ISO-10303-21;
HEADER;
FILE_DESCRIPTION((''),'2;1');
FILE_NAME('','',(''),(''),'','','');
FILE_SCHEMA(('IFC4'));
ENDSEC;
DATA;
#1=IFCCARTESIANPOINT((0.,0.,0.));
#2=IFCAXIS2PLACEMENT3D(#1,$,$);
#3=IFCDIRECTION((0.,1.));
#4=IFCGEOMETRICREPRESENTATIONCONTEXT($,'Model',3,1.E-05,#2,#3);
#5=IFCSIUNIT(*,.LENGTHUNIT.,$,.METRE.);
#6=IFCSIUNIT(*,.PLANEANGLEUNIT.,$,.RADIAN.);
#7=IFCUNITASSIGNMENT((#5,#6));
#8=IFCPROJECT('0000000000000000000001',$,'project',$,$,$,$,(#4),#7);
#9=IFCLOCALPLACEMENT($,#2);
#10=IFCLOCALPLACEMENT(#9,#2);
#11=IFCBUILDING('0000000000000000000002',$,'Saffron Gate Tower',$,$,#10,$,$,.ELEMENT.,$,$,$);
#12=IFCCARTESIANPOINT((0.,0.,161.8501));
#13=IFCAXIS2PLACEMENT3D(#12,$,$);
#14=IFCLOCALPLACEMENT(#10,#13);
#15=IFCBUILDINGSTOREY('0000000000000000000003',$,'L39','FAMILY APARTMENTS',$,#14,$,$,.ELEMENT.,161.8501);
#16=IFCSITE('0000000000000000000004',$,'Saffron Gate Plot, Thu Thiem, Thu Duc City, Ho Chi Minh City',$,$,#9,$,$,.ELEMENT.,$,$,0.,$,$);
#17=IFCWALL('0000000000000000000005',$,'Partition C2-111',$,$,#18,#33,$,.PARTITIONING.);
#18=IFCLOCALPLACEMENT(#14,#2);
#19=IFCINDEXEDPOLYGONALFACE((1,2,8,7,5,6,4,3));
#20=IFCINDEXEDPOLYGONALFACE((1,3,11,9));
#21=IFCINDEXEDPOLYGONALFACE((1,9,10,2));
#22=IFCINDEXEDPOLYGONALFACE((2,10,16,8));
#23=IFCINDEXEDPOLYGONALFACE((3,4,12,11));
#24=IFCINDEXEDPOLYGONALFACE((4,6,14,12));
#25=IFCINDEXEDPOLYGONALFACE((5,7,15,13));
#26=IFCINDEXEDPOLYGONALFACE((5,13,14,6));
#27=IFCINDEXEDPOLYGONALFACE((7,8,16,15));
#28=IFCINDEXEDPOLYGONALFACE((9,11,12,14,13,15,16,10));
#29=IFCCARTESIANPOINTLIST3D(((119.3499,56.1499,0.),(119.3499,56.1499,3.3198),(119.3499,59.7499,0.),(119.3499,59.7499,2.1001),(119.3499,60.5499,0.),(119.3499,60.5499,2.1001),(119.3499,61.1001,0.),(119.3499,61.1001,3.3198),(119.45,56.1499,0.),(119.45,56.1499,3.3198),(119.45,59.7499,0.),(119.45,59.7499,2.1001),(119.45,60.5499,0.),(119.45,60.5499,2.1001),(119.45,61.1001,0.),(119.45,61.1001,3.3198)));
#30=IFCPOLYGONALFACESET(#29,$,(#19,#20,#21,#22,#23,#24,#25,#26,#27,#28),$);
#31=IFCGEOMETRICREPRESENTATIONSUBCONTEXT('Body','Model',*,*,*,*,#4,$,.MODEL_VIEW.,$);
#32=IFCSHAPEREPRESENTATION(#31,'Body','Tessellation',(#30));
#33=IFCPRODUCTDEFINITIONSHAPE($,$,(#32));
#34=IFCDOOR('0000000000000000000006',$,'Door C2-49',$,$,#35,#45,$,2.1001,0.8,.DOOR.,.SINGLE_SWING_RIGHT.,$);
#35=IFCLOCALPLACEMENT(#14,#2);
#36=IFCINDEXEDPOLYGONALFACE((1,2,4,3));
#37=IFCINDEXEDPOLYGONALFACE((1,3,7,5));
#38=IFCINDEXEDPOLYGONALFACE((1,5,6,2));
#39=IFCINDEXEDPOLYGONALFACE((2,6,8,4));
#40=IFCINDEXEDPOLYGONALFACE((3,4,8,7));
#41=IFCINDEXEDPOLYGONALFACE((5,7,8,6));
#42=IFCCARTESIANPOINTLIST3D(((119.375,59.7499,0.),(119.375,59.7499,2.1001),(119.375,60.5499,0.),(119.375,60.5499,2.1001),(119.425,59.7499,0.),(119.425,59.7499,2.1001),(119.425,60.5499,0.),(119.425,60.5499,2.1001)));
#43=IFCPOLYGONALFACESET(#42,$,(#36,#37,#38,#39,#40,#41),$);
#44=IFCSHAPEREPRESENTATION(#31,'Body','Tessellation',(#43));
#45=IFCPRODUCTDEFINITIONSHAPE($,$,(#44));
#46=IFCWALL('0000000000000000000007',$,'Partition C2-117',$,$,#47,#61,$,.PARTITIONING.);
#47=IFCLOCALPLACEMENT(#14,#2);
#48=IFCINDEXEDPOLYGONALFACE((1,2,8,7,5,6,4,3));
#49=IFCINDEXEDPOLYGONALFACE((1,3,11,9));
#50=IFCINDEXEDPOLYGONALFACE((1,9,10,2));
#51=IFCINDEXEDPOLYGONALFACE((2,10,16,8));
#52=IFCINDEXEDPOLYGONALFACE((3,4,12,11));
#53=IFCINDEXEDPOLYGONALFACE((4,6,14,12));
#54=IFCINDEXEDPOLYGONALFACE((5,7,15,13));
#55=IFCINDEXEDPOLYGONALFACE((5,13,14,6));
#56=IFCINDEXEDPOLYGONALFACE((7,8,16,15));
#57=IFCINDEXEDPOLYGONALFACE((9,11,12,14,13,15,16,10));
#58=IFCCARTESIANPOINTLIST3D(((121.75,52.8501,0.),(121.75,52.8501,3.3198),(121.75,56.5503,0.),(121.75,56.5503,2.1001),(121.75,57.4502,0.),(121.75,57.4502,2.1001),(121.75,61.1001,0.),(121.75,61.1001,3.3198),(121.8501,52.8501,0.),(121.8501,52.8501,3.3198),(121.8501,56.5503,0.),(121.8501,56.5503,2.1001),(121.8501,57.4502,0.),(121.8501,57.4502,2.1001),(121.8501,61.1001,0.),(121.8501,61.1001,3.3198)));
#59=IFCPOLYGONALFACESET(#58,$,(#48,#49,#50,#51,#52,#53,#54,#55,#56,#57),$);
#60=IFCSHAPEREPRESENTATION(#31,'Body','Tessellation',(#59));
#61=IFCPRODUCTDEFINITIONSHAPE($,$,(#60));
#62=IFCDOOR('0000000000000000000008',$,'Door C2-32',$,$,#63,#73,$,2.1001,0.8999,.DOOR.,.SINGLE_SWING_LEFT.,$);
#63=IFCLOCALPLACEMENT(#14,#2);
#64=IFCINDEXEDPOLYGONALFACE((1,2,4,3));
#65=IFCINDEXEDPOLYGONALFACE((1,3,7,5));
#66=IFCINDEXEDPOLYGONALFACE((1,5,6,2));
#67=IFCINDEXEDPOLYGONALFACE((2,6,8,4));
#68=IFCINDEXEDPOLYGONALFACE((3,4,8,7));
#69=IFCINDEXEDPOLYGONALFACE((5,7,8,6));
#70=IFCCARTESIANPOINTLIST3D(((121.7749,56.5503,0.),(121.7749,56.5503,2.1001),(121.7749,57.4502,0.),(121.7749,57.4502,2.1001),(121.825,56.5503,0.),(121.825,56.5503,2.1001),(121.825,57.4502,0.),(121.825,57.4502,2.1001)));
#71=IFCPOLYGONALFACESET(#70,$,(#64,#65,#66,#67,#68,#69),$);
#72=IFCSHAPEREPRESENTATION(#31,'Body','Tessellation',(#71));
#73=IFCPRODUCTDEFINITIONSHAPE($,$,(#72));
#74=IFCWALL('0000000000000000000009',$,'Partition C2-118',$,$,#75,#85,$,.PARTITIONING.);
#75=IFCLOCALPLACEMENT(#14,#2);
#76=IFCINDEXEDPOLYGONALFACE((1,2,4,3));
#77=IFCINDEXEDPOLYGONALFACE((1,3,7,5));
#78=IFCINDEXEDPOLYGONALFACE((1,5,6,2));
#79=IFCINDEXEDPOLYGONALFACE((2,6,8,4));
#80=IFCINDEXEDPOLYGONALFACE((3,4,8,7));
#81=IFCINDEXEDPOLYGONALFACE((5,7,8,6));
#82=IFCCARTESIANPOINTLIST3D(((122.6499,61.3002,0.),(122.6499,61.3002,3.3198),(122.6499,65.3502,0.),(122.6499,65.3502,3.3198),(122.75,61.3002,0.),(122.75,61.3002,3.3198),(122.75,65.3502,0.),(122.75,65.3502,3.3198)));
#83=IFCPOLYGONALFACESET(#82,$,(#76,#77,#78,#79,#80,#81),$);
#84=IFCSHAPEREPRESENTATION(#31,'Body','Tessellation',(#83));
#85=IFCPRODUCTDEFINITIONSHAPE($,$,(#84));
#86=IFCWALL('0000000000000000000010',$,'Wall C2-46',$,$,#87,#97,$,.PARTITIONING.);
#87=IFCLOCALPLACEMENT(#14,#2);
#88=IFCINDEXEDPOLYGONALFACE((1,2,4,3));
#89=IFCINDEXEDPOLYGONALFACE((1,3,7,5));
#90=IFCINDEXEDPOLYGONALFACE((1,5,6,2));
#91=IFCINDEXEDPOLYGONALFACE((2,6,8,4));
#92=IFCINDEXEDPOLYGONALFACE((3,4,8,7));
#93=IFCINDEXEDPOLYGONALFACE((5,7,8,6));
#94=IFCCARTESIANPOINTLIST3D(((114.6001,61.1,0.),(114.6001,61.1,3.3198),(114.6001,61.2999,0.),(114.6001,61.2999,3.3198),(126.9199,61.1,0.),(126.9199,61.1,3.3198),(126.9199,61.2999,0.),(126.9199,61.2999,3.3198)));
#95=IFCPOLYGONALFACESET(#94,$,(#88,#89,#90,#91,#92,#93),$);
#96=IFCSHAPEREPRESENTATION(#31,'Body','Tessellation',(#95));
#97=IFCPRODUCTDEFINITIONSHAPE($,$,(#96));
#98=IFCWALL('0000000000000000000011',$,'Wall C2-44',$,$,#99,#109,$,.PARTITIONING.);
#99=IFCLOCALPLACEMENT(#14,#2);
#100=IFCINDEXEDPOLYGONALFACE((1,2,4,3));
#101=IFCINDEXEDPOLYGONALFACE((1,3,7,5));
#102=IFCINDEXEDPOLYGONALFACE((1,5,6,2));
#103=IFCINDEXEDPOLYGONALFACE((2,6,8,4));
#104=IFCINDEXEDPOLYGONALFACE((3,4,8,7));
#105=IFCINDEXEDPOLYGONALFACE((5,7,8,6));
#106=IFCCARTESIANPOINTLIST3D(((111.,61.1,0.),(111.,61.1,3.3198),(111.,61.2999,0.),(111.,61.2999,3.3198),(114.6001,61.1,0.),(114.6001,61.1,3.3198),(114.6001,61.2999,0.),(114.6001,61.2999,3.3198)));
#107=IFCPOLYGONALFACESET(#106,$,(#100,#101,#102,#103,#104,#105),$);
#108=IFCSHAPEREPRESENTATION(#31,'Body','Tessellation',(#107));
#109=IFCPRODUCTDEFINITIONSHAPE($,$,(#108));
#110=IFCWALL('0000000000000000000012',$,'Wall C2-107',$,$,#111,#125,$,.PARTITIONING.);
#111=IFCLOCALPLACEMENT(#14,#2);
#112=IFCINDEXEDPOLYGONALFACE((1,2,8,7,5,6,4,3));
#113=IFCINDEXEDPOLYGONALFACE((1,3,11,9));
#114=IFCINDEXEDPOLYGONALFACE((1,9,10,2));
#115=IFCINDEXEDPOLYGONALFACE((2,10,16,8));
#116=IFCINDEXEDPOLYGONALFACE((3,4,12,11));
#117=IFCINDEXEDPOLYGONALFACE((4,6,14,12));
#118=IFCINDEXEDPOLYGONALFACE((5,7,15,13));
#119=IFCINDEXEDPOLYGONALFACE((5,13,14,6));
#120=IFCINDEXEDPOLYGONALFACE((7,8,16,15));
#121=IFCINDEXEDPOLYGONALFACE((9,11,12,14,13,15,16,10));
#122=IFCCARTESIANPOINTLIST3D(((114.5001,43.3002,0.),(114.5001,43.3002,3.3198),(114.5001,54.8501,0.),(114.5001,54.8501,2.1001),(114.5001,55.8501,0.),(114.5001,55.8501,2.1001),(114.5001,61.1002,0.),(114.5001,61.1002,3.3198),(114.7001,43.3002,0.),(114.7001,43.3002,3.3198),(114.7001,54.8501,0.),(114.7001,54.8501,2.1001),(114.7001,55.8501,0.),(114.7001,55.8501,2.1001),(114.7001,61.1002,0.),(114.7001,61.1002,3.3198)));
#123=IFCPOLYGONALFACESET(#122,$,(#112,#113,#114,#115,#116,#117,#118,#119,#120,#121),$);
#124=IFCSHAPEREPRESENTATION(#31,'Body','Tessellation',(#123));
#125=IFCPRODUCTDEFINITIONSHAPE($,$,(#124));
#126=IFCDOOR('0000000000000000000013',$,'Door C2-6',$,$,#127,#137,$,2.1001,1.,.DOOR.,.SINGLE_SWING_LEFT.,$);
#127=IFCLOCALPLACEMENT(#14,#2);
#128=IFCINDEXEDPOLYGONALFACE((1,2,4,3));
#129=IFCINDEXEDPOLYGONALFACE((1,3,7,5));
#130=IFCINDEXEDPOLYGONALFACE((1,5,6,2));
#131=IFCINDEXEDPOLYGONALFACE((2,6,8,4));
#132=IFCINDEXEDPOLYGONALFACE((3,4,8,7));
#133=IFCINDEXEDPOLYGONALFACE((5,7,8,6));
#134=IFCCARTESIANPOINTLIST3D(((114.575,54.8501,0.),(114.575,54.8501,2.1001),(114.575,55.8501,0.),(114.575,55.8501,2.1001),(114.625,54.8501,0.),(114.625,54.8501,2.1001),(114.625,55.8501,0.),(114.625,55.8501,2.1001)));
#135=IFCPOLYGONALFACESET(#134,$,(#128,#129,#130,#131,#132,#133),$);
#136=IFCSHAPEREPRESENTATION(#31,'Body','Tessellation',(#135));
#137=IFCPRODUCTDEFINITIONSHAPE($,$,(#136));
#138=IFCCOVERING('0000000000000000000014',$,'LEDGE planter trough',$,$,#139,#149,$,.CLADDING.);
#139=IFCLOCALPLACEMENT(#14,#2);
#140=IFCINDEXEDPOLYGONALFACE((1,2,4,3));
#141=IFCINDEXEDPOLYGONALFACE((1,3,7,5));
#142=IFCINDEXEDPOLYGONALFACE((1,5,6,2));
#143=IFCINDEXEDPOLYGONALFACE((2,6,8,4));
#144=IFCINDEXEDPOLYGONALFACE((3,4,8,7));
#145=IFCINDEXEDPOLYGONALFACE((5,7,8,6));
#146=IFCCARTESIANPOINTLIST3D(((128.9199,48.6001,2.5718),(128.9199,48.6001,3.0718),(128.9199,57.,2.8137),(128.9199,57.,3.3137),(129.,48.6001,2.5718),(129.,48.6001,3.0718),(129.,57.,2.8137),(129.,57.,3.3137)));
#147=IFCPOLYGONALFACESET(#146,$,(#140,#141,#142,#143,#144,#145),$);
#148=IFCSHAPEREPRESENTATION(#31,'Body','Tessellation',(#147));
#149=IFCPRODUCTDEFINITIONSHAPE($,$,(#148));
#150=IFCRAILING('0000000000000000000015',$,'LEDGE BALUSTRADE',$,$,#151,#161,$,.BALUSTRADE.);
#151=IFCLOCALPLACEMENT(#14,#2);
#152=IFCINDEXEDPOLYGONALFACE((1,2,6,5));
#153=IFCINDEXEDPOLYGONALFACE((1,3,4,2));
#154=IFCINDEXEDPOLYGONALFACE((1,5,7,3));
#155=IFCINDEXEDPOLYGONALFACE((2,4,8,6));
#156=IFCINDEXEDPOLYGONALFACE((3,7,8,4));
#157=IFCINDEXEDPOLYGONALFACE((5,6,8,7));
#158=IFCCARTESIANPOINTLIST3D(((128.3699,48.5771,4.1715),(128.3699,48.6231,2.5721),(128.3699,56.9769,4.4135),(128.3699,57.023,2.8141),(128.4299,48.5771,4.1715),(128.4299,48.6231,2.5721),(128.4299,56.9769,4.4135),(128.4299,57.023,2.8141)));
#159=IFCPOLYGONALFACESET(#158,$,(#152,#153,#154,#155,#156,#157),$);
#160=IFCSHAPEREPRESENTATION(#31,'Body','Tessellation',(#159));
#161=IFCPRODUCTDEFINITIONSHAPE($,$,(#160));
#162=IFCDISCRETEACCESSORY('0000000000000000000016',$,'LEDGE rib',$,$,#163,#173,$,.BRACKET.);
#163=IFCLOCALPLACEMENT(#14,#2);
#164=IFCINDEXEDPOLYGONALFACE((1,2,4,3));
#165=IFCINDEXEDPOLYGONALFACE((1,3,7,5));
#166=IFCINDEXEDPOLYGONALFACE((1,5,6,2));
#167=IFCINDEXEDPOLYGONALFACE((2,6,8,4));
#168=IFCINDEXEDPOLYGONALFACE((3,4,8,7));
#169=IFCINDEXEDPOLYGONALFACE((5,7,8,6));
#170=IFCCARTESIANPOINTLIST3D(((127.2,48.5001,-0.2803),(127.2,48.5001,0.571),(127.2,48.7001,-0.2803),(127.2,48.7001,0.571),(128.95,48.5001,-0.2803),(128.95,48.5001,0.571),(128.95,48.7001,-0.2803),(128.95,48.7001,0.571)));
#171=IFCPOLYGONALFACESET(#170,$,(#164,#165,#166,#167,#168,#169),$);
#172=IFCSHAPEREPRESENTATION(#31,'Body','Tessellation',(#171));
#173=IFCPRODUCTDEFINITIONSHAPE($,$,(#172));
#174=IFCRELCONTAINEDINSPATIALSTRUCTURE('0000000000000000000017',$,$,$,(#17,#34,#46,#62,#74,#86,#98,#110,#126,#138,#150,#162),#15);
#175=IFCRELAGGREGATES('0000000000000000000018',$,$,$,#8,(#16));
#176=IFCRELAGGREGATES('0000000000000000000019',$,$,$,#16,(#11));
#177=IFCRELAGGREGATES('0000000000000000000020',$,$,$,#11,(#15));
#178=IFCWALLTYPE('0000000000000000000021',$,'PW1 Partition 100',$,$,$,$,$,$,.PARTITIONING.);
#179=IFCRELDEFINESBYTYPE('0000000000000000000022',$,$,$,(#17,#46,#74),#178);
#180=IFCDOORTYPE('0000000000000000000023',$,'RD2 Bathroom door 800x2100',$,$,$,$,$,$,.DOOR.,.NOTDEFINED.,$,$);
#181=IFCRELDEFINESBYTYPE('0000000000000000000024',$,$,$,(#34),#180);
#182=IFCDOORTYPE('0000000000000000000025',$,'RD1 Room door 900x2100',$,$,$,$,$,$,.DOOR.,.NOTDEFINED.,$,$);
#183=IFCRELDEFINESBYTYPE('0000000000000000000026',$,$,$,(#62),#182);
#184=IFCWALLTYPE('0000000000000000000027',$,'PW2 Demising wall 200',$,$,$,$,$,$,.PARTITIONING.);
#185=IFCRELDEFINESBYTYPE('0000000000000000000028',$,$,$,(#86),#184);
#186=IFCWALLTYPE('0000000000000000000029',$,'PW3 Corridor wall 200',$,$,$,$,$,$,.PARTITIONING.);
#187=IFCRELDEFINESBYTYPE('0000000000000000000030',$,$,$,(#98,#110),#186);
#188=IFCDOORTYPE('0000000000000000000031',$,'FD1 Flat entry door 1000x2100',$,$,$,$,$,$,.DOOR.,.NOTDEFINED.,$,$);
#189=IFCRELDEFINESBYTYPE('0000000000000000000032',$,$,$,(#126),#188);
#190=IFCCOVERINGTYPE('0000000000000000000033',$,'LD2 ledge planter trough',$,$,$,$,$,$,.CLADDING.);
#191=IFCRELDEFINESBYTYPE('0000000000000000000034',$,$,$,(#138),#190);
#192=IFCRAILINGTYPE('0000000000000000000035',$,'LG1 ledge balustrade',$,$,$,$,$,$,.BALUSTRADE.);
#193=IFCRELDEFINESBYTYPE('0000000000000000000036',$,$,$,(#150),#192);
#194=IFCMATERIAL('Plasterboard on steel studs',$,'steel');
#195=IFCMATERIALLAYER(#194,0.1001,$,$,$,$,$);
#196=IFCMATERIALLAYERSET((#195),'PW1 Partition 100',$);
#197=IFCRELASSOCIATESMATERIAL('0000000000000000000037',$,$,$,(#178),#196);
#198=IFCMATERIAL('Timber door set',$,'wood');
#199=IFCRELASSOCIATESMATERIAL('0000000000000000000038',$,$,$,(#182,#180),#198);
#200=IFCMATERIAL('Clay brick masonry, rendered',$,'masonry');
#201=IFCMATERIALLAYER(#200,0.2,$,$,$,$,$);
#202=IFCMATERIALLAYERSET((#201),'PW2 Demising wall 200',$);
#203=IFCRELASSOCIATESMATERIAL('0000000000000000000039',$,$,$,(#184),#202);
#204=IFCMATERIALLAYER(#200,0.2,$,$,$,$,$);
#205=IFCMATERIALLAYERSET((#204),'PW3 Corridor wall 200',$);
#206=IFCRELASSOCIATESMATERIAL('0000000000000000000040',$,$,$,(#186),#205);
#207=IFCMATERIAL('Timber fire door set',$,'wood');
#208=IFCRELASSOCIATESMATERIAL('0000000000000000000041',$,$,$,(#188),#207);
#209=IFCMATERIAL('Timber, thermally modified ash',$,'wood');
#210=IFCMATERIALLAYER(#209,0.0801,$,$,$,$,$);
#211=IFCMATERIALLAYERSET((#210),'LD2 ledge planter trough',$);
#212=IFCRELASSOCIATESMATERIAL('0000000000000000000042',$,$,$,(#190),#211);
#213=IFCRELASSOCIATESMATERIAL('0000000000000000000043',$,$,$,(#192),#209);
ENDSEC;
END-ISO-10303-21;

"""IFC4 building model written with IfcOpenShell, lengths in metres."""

from ifc_helpers import new_model, si_unit, direction, frame, frame_2d, origin, origin_2d, place, context, subcontext, project, spatial, polyline, rectangle, outline, extrude, material, layer, layer_set, type_object, element, fill, save


model = new_model("IFC4")

# Units and contexts
model_context = context("Model", 3, precision=1e-05, world=origin(), true_north=direction((0.0, 1.0)))
body_context = subcontext(model_context, "Body", "Model", "MODEL_VIEW")
ifc_project = project(units=[si_unit("LENGTHUNIT", "METRE"), si_unit("PLANEANGLEUNIT", "RADIAN")], contexts=[model_context])

# Site, building, storey
site_placement = place(None, origin())
site = spatial("IfcSite", under=ifc_project, at=site_placement, Name="Saffron Gate Plot, Thu Thiem, Thu Duc City, Ho Chi Minh City", CompositionType="ELEMENT", RefElevation=0.0)
building_placement = place(site_placement, origin())
building = spatial("IfcBuilding", under=site, at=building_placement, Name="Saffron Gate Tower", CompositionType="ELEMENT")
storey_placement = place(building_placement, frame((0.0, 0.0, 161.8501)))
storey = spatial("IfcBuildingStorey", under=building, at=storey_placement, Name="L39", Description="FAMILY APARTMENTS", CompositionType="ELEMENT", Elevation=161.8501)

# Shared definitions
ifc_material_1 = material(Name="Plasterboard on steel studs", Category="steel")
ifc_layer_1 = layer(ifc_material_1, 0.1001)
ifc_layer_set_1 = layer_set([ifc_layer_1], Name="PW1 Partition 100")
wall_type_1 = type_object("IfcWallType", Name="PW1 Partition 100", PredefinedType="PARTITIONING", material=ifc_layer_set_1)

# Shared definitions
ifc_material_2 = material(Name="Timber door set", Category="wood")
door_type_1 = type_object("IfcDoorType", Name="RD1 Room door 900x2100", OperationType="NOTDEFINED", PredefinedType="DOOR", material=ifc_material_2)
door_type_2 = type_object("IfcDoorType", Name="RD2 Bathroom door 800x2100", OperationType="NOTDEFINED", PredefinedType="DOOR", material=ifc_material_2)

# Walls, openings, doors
wall_1_placement = place(storey_placement, frame((119.3999, 56.1499, 0.0), z_axis=(0.0, 0.0, 1.0), x_axis=(0.0, 1.0, 0.0)))
wall_1 = element("IfcWall", 1, at=wall_1_placement, inside=storey, type_object=wall_type_1, Name="Partition C2-111", PredefinedType="PARTITIONING", context=body_context, shape_type="SweptSolid", body=[
    extrude(rectangle(XDim=4.9502, YDim=0.1001, at=frame_2d((2.4751, 0.0))), origin(), (0.0, 0.0, 1.0), 3.3198),
])
opening_1_placement = place(wall_1_placement, frame((3.6001, 0.0, 0.0)))
opening_1 = element("IfcOpeningElement", 2, at=opening_1_placement, cuts=wall_1, PredefinedType="OPENING", context=body_context, shape_type="SweptSolid", body=[
    extrude(rectangle(XDim=0.8, YDim=2.1001, at=frame_2d((0.3999, 1.05))), frame((0.0, 0.0601, 0.0), z_axis=(0.0, -1.0, 0.0), x_axis=(1.0, 0.0, 0.0)), (0.0, 0.0, 1.0), 0.1201),
])
door_1_placement = place(opening_1_placement, origin())
door_1 = element("IfcDoor", 3, at=door_1_placement, inside=storey, type_object=door_type_2, Name="Door C2-49", OperationType="SINGLE_SWING_RIGHT", OverallHeight=2.1001, OverallWidth=0.8, PredefinedType="DOOR", context=body_context, shape_type="SweptSolid", body=[
    extrude(rectangle(XDim=0.8, YDim=2.1001, at=frame_2d((0.3999, 1.05))), frame((0.0, 0.0249, 0.0), z_axis=(0.0, -1.0, 0.0), x_axis=(1.0, 0.0, 0.0)), (0.0, 0.0, 1.0), 0.05),
])
fill(opening_1, door_1)
wall_2_placement = place(storey_placement, frame((121.8, 61.1001, 0.0), z_axis=(0.0, 0.0, 1.0), x_axis=(0.0, -1.0, 0.0)))
wall_2 = element("IfcWall", 4, at=wall_2_placement, inside=storey, type_object=wall_type_1, Name="Partition C2-117", PredefinedType="PARTITIONING", context=body_context, shape_type="SweptSolid", body=[
    extrude(rectangle(XDim=8.25, YDim=0.1001, at=frame_2d((4.125, 0.0))), origin(), (0.0, 0.0, 1.0), 3.3198),
])
opening_2_placement = place(wall_2_placement, frame((3.6499, 0.0, 0.0)))
opening_2 = element("IfcOpeningElement", 5, at=opening_2_placement, cuts=wall_2, PredefinedType="OPENING", context=body_context, shape_type="SweptSolid", body=[
    extrude(rectangle(XDim=0.8999, YDim=2.1001, at=frame_2d((0.45, 1.05))), frame((0.0, 0.0601, 0.0), z_axis=(0.0, -1.0, 0.0), x_axis=(1.0, 0.0, 0.0)), (0.0, 0.0, 1.0), 0.1201),
])
door_2_placement = place(opening_2_placement, origin())
door_2 = element("IfcDoor", 6, at=door_2_placement, inside=storey, type_object=door_type_1, Name="Door C2-32", OperationType="SINGLE_SWING_LEFT", OverallHeight=2.1001, OverallWidth=0.8999, PredefinedType="DOOR", context=body_context, shape_type="SweptSolid", body=[
    extrude(rectangle(XDim=0.8999, YDim=2.1001, at=frame_2d((0.45, 1.05))), frame((0.0, 0.0249, 0.0), z_axis=(0.0, -1.0, 0.0), x_axis=(1.0, 0.0, 0.0)), (0.0, 0.0, 1.0), 0.05),
])
fill(opening_2, door_2)

# Walls
wall_3_placement = place(storey_placement, frame((122.7, 65.3501, 0.0), z_axis=(0.0, 0.0, 1.0), x_axis=(0.0, -1.0, 0.0)))
element("IfcWall", 7, at=wall_3_placement, inside=storey, type_object=wall_type_1, Name="Partition C2-118", PredefinedType="PARTITIONING", context=body_context, shape_type="SweptSolid", body=[
    extrude(rectangle(XDim=4.05, YDim=0.1001, at=frame_2d((2.0249, 0.0))), origin(), (0.0, 0.0, 1.0), 3.3198),
])
ifc_material_3 = material(Name="Clay brick masonry, rendered", Category="masonry")
ifc_layer_2 = layer(ifc_material_3, 0.2)
ifc_layer_set_2 = layer_set([ifc_layer_2], Name="PW2 Demising wall 200")
wall_type_2 = type_object("IfcWallType", Name="PW2 Demising wall 200", PredefinedType="PARTITIONING", material=ifc_layer_set_2)
wall_4_placement = place(storey_placement, frame((114.6001, 61.2, 0.0), z_axis=(0.0, 0.0, 1.0), x_axis=(1.0, 0.0, 0.0)))
element("IfcWall", 8, at=wall_4_placement, inside=storey, type_object=wall_type_2, Name="Wall C2-46", PredefinedType="PARTITIONING", context=body_context, shape_type="SweptSolid", body=[
    extrude(rectangle(XDim=12.3198, YDim=0.2, at=frame_2d((6.1599, 0.0))), origin(), (0.0, 0.0, 1.0), 3.3198),
])
ifc_layer_3 = layer(ifc_material_3, 0.2)
ifc_layer_set_3 = layer_set([ifc_layer_3], Name="PW3 Corridor wall 200")
wall_type_3 = type_object("IfcWallType", Name="PW3 Corridor wall 200", PredefinedType="PARTITIONING", material=ifc_layer_set_3)
wall_5_placement = place(storey_placement, frame((111.0, 61.2, 0.0), z_axis=(0.0, 0.0, 1.0), x_axis=(1.0, 0.0, 0.0)))
element("IfcWall", 9, at=wall_5_placement, inside=storey, type_object=wall_type_3, Name="Wall C2-44", PredefinedType="PARTITIONING", context=body_context, shape_type="SweptSolid", body=[
    extrude(rectangle(XDim=3.6001, YDim=0.2, at=frame_2d((1.8, 0.0))), origin(), (0.0, 0.0, 1.0), 3.3198),
])

# Wall, opening, door
wall_6_placement = place(storey_placement, frame((114.6001, 61.1001, 0.0), z_axis=(0.0, 0.0, 1.0), x_axis=(0.0, -1.0, 0.0)))
wall_6 = element("IfcWall", 10, at=wall_6_placement, inside=storey, type_object=wall_type_3, Name="Wall C2-107", PredefinedType="PARTITIONING", context=body_context, shape_type="SweptSolid", body=[
    extrude(rectangle(XDim=17.8, YDim=0.2, at=frame_2d((8.8999, 0.0))), origin(), (0.0, 0.0, 1.0), 3.3198),
])
opening_3_placement = place(wall_6_placement, frame((5.25, 0.0, 0.0)))
opening_3 = element("IfcOpeningElement", 11, at=opening_3_placement, cuts=wall_6, PredefinedType="OPENING", context=body_context, shape_type="SweptSolid", body=[
    extrude(rectangle(XDim=1.0, YDim=2.1001, at=frame_2d((0.5, 1.05))), frame((0.0, 0.1099, 0.0), z_axis=(0.0, -1.0, 0.0), x_axis=(1.0, 0.0, 0.0)), (0.0, 0.0, 1.0), 0.22),
])
ifc_material_4 = material(Name="Timber fire door set", Category="wood")
door_type_3 = type_object("IfcDoorType", Name="FD1 Flat entry door 1000x2100", OperationType="NOTDEFINED", PredefinedType="DOOR", material=ifc_material_4)
door_3_placement = place(opening_3_placement, origin())
door_3 = element("IfcDoor", 12, at=door_3_placement, inside=storey, type_object=door_type_3, Name="Door C2-6", OperationType="SINGLE_SWING_LEFT", OverallHeight=2.1001, OverallWidth=1.0, PredefinedType="DOOR", context=body_context, shape_type="SweptSolid", body=[
    extrude(rectangle(XDim=1.0, YDim=2.1001, at=frame_2d((0.5, 1.05))), frame((0.0, 0.0249, 0.0), z_axis=(0.0, -1.0, 0.0), x_axis=(1.0, 0.0, 0.0)), (0.0, 0.0, 1.0), 0.05),
])
fill(opening_3, door_3)

# Covering
ifc_material_5 = material(Name="Timber, thermally modified ash", Category="wood")
ifc_layer_4 = layer(ifc_material_5, 0.0801)
ifc_layer_set_4 = layer_set([ifc_layer_4], Name="LD2 ledge planter trough")
covering_type = type_object("IfcCoveringType", Name="LD2 ledge planter trough", PredefinedType="CLADDING", material=ifc_layer_set_4)
covering_placement = place(storey_placement, frame((129.0, 48.6001, 2.5718), z_axis=(1.0, 0.0, 0.0), x_axis=(0.0, 0.999585, 0.028791)))
element("IfcCovering", 13, at=covering_placement, inside=storey, type_object=covering_type, Name="LEDGE planter trough", PredefinedType="CLADDING", context=body_context, shape_type="SweptSolid", body=[
    extrude(outline(polyline([(0.0, 0.0), (8.4034, 0.0), (8.4178, 0.4998), (0.0144, 0.4998), (0.0, 0.0)])), origin(), (0.0, 0.0, -1.0), 0.0801),
])

# Railing
railing_type = type_object("IfcRailingType", Name="LG1 ledge balustrade", PredefinedType="BALUSTRADE", material=ifc_material_5)
railing_placement = place(storey_placement, frame((128.3999, 48.6001, 2.5718)))
element("IfcRailing", 14, at=railing_placement, inside=storey, type_object=railing_type, Name="LEDGE BALUSTRADE", PredefinedType="BALUSTRADE", context=body_context, shape_type="SweptSolid", body=[
    extrude(rectangle(XDim=0.0601, YDim=1.6001, at=origin_2d()), frame((0.0, 0.0, 0.8), z_axis=(0.0, 0.999585, 0.028791), x_axis=(-1.0, 0.0, 0.0)), (0.0, 0.0, 1.0), 8.4033),
])

# Discrete accessory
discrete_accessory_placement = place(storey_placement, frame((128.075, 48.6001, -0.2803), z_axis=(0.0, 0.0, 1.0), x_axis=(0.0, 1.0, 0.0)))
element("IfcDiscreteAccessory", 15, at=discrete_accessory_placement, inside=storey, Name="LEDGE rib", PredefinedType="BRACKET", context=body_context, shape_type="SweptSolid", body=[
    extrude(rectangle(XDim=0.2, YDim=1.75, at=origin_2d()), origin(), (0.0, 0.0, 1.0), 0.8513),
])

save(model, "model.ifc")
